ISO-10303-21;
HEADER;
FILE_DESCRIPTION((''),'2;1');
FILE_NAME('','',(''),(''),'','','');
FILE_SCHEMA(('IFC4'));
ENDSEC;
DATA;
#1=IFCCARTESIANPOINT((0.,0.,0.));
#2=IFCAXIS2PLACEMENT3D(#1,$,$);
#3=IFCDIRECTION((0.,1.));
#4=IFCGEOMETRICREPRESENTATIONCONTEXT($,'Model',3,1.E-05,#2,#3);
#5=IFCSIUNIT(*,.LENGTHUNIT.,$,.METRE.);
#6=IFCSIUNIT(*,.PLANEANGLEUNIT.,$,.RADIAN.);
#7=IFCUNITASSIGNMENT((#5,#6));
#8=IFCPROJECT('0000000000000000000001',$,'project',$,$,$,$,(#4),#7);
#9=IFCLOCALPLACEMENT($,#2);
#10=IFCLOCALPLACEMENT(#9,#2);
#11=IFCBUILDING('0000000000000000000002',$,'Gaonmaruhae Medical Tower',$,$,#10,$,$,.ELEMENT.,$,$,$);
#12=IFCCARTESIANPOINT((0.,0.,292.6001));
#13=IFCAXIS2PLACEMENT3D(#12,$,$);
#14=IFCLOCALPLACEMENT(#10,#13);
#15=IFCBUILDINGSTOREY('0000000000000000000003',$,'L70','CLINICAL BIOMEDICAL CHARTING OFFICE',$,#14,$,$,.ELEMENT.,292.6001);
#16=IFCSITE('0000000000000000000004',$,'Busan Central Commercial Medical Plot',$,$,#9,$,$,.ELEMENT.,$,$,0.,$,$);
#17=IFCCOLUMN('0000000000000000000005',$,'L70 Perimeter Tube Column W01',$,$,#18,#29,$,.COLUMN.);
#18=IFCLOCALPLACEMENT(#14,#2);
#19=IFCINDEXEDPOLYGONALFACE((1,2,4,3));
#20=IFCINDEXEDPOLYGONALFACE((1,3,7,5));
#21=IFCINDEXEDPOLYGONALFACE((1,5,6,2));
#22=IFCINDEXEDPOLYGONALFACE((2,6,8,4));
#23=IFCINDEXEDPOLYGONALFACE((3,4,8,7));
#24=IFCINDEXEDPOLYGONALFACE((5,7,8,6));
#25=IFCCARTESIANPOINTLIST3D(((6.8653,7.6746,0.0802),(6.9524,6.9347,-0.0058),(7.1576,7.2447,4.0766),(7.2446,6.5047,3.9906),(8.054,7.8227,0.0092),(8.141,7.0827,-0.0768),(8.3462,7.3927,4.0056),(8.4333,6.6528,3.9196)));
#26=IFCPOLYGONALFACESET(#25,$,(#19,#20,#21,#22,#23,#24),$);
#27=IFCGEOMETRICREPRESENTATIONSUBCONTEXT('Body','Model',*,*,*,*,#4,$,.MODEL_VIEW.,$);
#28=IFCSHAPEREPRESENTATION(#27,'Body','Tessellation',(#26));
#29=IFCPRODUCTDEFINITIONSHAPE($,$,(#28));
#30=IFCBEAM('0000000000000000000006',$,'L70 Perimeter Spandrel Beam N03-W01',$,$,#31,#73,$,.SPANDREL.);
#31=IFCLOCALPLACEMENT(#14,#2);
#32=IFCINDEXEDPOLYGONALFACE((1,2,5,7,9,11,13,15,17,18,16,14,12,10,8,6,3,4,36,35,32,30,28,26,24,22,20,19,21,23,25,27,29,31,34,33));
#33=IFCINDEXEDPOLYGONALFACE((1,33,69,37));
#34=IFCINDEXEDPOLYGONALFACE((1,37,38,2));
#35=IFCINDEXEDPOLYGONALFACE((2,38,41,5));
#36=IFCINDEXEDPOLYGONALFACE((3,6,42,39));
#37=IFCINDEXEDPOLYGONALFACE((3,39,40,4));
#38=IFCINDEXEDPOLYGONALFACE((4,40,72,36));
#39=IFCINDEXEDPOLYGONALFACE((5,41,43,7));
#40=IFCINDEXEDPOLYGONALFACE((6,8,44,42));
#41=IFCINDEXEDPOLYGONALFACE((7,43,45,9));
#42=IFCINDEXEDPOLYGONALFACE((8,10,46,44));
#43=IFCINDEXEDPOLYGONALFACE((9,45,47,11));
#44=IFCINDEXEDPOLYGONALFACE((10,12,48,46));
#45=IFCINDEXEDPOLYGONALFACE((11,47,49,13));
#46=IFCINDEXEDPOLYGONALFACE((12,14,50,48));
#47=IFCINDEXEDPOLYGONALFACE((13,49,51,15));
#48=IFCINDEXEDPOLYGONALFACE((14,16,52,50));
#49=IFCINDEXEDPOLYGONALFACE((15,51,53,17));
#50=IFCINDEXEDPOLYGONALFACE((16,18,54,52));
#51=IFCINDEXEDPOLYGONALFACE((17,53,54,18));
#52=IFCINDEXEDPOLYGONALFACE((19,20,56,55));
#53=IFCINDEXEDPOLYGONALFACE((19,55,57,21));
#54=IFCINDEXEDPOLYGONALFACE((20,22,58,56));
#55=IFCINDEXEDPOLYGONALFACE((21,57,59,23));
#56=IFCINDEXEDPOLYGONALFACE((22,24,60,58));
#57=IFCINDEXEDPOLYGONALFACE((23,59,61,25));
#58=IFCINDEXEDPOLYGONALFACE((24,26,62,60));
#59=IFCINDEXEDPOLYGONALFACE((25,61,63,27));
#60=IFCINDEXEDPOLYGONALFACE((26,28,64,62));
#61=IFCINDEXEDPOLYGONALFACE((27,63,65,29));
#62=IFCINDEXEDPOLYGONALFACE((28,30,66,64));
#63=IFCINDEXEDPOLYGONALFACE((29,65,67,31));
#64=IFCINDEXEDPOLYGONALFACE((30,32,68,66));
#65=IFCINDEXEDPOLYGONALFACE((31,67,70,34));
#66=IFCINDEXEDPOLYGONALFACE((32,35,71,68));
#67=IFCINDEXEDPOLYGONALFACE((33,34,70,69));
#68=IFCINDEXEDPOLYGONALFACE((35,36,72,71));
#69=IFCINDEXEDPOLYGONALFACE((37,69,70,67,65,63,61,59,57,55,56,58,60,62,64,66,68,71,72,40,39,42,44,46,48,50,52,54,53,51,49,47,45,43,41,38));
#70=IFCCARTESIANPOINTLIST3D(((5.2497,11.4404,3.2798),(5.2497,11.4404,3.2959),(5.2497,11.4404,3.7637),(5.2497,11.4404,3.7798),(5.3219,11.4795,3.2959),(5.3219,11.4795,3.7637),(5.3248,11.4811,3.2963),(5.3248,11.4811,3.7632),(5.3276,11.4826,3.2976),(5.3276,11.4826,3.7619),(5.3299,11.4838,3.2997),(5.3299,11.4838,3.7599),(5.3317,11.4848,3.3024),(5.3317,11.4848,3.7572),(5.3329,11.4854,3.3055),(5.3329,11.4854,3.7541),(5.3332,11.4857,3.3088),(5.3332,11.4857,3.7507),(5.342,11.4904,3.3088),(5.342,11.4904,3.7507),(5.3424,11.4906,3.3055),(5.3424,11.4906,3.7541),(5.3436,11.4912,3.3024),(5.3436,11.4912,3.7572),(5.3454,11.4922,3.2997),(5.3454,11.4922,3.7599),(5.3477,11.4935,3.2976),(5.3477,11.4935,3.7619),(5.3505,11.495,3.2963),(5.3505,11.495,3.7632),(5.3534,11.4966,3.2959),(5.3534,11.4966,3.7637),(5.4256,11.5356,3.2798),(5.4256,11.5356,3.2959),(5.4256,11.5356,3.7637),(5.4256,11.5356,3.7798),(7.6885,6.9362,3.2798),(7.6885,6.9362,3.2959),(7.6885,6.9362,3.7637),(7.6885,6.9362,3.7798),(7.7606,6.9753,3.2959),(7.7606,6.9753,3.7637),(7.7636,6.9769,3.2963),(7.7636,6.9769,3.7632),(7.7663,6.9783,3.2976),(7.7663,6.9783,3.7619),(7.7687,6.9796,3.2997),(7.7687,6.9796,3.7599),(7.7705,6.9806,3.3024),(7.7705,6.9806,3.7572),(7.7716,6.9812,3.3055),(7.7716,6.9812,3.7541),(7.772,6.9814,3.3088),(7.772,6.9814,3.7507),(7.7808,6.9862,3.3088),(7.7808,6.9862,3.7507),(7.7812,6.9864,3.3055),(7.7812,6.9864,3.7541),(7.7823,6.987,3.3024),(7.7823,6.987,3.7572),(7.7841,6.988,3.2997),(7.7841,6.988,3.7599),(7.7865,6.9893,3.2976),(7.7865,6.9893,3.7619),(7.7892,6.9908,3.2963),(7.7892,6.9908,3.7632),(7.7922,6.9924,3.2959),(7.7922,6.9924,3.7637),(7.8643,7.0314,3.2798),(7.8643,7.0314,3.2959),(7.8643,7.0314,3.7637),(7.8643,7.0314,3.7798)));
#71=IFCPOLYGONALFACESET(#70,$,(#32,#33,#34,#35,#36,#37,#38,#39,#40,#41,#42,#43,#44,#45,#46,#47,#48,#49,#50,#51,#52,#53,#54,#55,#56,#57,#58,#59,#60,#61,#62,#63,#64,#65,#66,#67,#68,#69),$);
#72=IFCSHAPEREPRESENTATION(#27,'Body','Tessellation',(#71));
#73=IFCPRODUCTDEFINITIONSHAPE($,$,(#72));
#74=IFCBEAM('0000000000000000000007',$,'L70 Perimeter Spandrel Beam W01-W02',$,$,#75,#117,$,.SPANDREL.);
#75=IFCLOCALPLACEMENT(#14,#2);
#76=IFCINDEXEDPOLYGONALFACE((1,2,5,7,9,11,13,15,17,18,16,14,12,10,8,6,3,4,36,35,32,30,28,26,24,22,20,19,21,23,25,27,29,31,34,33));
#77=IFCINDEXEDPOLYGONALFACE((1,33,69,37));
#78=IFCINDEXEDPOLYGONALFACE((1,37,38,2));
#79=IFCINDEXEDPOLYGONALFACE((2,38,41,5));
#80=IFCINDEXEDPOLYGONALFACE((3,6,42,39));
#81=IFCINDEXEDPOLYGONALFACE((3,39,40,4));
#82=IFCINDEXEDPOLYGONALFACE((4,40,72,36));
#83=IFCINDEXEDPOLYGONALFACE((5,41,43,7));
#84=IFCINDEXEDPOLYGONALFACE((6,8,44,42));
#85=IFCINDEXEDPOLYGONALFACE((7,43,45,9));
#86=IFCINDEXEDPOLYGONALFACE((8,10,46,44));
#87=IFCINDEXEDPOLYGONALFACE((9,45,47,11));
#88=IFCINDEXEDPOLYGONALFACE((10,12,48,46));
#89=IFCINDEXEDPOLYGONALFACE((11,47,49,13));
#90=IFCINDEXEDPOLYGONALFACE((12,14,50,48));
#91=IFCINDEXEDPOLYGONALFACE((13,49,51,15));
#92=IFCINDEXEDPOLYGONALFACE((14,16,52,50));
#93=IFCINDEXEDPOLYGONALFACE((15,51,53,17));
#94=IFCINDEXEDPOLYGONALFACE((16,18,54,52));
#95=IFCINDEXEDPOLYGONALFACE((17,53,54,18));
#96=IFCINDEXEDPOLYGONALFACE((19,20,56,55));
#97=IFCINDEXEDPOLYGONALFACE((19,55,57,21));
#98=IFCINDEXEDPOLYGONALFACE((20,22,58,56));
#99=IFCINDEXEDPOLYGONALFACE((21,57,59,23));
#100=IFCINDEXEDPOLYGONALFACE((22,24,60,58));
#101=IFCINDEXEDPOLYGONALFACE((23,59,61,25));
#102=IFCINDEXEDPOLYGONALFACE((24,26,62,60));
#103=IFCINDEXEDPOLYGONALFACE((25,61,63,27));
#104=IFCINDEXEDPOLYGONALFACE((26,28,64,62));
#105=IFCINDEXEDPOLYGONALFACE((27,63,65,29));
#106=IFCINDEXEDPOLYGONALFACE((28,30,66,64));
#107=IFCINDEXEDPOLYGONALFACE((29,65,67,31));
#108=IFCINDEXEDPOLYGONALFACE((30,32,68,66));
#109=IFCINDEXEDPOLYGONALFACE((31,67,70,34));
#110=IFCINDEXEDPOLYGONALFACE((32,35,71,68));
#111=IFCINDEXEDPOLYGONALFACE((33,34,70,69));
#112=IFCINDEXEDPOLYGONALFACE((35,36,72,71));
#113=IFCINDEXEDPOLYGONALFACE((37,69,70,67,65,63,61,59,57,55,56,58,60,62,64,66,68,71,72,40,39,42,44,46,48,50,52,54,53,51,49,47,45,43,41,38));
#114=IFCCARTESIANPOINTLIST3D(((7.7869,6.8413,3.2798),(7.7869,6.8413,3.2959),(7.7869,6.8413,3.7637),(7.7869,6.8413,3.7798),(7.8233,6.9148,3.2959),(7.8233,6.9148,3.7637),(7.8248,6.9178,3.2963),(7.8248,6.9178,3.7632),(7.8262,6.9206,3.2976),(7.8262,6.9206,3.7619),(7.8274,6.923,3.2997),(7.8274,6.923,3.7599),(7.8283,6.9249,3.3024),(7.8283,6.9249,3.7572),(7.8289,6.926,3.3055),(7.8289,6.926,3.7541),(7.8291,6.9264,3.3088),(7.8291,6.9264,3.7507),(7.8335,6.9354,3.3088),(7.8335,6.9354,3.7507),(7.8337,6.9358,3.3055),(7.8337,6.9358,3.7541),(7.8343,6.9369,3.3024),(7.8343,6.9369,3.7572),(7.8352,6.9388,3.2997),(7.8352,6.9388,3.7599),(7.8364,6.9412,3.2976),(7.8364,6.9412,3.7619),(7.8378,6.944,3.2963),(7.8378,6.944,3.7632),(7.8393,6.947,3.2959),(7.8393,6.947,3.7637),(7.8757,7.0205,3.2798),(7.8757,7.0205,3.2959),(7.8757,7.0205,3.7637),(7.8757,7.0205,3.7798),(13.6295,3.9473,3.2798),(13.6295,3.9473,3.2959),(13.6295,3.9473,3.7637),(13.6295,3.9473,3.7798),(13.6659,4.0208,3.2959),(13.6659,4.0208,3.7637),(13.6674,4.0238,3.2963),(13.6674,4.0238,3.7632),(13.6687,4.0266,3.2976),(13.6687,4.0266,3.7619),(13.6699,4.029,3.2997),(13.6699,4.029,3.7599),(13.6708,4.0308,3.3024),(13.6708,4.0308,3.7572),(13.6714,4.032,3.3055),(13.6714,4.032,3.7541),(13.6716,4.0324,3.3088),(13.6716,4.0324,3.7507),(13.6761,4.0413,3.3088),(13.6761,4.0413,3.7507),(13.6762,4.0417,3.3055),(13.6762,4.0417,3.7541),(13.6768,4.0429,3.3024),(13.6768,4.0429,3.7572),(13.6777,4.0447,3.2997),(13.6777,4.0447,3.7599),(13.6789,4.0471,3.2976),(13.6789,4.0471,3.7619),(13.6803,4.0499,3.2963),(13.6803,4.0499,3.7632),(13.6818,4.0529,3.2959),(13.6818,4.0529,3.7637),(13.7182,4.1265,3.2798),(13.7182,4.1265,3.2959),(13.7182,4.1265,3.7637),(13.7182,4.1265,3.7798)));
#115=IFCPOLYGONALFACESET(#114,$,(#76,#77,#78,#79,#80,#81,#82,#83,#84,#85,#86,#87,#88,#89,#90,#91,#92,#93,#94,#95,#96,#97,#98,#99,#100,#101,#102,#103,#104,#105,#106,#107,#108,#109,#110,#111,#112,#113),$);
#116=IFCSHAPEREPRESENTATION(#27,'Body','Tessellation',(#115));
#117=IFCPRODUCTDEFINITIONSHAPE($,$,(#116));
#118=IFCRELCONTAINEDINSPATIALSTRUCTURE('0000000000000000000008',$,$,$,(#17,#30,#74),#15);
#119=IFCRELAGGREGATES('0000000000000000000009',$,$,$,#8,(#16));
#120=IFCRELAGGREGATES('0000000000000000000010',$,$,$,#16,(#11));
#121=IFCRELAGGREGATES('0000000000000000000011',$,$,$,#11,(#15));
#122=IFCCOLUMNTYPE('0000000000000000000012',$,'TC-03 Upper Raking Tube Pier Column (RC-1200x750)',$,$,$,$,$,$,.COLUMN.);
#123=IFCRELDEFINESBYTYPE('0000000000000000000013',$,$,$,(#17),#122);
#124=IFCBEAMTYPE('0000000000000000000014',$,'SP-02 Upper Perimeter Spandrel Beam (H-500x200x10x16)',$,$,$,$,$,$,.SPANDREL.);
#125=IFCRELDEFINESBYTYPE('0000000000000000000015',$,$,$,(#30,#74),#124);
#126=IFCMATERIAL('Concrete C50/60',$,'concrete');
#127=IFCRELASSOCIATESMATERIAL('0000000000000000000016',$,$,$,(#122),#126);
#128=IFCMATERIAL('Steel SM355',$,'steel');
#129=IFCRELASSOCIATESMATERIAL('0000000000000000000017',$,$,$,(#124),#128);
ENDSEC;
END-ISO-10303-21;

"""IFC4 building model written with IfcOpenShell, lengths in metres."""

from ifc_helpers import new_model, si_unit, direction, frame, origin, origin_2d, place, context, subcontext, project, spatial, rectangle, i_section, extrude, material, material_profile, profile_set, type_object, element, save


model = new_model("IFC4")

# Units and contexts
model_context = context("Model", 3, precision=1e-05, world=origin(), true_north=direction((0.0, 1.0)))
body_context = subcontext(model_context, "Body", "Model", "MODEL_VIEW")
ifc_project = project(units=[si_unit("LENGTHUNIT", "METRE"), si_unit("PLANEANGLEUNIT", "RADIAN")], contexts=[model_context])

# Site, building, storey
site_placement = place(None, origin())
site = spatial("IfcSite", under=ifc_project, at=site_placement, Name="Busan Central Commercial Medical Plot", CompositionType="ELEMENT", RefElevation=0.0)
building_placement = place(site_placement, origin())
building = spatial("IfcBuilding", under=site, at=building_placement, Name="Gaonmaruhae Medical Tower", CompositionType="ELEMENT")
storey_placement = place(building_placement, frame((0.0, 0.0, 292.6001)))
storey = spatial("IfcBuildingStorey", under=building, at=storey_placement, Name="L70", Description="CLINICAL BIOMEDICAL CHARTING OFFICE", CompositionType="ELEMENT", Elevation=292.6001)

# Column
ifc_material_1 = material(Name="Concrete C50/60", Category="concrete")
ifc_material_profile_1 = material_profile(ifc_material_1, rectangle(XDim=1.2, YDim=0.75, at=origin_2d()), Name="RC-1200x750")
ifc_profile_set_1 = profile_set([ifc_material_profile_1], Name="Concrete C50/60")
column_type = type_object("IfcColumnType", Name="TC-03 Upper Raking Tube Pier Column (RC-1200x750)", PredefinedType="COLUMN", material=ifc_profile_set_1)
column_placement = place(storey_placement, frame((7.5032, 7.3787, 0.0017), z_axis=(0.072515, -0.106683, 0.991645), x_axis=(-0.990593, -0.123393, 0.059163)))
element("IfcColumn", 1, at=column_placement, inside=storey, type_object=column_type, Name="L70 Perimeter Tube Column W01", PredefinedType="COLUMN", context=body_context, shape_type="SweptSolid", body=[
    extrude(rectangle(XDim=1.2, YDim=0.75, at=origin_2d()), origin(), (0.0, 0.0, 1.0), 4.03),
])

# Beams
ifc_material_2 = material(Name="Steel SM355", Category="steel")
ifc_material_profile_2 = material_profile(ifc_material_2, i_section(OverallWidth=0.2, OverallDepth=0.5, WebThickness=0.01, FlangeThickness=0.0161, FilletRadius=0.0129, at=origin_2d()), Name="H-500x200x10x16")
ifc_profile_set_2 = profile_set([ifc_material_profile_2], Name="Steel SM355")
beam_type = type_object("IfcBeamType", Name="SP-02 Upper Perimeter Spandrel Beam (H-500x200x10x16)", PredefinedType="SPANDREL", material=ifc_profile_set_2)
beam_1_placement = place(storey_placement, frame((5.3376, 11.488, 3.5298), z_axis=(0.476128, -0.879376, 0.0), x_axis=(0.879376, 0.476128, 0.0)))
element("IfcBeam", 2, at=beam_1_placement, inside=storey, type_object=beam_type, Name="L70 Perimeter Spandrel Beam N03-W01", PredefinedType="SPANDREL", context=body_context, shape_type="SweptSolid", body=[
    extrude(i_section(OverallWidth=0.2, OverallDepth=0.5, WebThickness=0.01, FlangeThickness=0.0161, FilletRadius=0.0129, at=origin_2d()), origin(), (0.0, 0.0, 1.0), 5.1221),
])
beam_2_placement = place(storey_placement, frame((7.8313, 6.9309, 3.5298), z_axis=(0.896091, -0.44387, 0.0), x_axis=(0.44387, 0.896091, 0.0)))
element("IfcBeam", 3, at=beam_2_placement, inside=storey, type_object=beam_type, Name="L70 Perimeter Spandrel Beam W01-W02", PredefinedType="SPANDREL", context=body_context, shape_type="SweptSolid", body=[
    extrude(i_section(OverallWidth=0.2, OverallDepth=0.5, WebThickness=0.01, FlangeThickness=0.0161, FilletRadius=0.0129, at=origin_2d()), origin(), (0.0, 0.0, 1.0), 6.52),
])

save(model, "model.ifc")
